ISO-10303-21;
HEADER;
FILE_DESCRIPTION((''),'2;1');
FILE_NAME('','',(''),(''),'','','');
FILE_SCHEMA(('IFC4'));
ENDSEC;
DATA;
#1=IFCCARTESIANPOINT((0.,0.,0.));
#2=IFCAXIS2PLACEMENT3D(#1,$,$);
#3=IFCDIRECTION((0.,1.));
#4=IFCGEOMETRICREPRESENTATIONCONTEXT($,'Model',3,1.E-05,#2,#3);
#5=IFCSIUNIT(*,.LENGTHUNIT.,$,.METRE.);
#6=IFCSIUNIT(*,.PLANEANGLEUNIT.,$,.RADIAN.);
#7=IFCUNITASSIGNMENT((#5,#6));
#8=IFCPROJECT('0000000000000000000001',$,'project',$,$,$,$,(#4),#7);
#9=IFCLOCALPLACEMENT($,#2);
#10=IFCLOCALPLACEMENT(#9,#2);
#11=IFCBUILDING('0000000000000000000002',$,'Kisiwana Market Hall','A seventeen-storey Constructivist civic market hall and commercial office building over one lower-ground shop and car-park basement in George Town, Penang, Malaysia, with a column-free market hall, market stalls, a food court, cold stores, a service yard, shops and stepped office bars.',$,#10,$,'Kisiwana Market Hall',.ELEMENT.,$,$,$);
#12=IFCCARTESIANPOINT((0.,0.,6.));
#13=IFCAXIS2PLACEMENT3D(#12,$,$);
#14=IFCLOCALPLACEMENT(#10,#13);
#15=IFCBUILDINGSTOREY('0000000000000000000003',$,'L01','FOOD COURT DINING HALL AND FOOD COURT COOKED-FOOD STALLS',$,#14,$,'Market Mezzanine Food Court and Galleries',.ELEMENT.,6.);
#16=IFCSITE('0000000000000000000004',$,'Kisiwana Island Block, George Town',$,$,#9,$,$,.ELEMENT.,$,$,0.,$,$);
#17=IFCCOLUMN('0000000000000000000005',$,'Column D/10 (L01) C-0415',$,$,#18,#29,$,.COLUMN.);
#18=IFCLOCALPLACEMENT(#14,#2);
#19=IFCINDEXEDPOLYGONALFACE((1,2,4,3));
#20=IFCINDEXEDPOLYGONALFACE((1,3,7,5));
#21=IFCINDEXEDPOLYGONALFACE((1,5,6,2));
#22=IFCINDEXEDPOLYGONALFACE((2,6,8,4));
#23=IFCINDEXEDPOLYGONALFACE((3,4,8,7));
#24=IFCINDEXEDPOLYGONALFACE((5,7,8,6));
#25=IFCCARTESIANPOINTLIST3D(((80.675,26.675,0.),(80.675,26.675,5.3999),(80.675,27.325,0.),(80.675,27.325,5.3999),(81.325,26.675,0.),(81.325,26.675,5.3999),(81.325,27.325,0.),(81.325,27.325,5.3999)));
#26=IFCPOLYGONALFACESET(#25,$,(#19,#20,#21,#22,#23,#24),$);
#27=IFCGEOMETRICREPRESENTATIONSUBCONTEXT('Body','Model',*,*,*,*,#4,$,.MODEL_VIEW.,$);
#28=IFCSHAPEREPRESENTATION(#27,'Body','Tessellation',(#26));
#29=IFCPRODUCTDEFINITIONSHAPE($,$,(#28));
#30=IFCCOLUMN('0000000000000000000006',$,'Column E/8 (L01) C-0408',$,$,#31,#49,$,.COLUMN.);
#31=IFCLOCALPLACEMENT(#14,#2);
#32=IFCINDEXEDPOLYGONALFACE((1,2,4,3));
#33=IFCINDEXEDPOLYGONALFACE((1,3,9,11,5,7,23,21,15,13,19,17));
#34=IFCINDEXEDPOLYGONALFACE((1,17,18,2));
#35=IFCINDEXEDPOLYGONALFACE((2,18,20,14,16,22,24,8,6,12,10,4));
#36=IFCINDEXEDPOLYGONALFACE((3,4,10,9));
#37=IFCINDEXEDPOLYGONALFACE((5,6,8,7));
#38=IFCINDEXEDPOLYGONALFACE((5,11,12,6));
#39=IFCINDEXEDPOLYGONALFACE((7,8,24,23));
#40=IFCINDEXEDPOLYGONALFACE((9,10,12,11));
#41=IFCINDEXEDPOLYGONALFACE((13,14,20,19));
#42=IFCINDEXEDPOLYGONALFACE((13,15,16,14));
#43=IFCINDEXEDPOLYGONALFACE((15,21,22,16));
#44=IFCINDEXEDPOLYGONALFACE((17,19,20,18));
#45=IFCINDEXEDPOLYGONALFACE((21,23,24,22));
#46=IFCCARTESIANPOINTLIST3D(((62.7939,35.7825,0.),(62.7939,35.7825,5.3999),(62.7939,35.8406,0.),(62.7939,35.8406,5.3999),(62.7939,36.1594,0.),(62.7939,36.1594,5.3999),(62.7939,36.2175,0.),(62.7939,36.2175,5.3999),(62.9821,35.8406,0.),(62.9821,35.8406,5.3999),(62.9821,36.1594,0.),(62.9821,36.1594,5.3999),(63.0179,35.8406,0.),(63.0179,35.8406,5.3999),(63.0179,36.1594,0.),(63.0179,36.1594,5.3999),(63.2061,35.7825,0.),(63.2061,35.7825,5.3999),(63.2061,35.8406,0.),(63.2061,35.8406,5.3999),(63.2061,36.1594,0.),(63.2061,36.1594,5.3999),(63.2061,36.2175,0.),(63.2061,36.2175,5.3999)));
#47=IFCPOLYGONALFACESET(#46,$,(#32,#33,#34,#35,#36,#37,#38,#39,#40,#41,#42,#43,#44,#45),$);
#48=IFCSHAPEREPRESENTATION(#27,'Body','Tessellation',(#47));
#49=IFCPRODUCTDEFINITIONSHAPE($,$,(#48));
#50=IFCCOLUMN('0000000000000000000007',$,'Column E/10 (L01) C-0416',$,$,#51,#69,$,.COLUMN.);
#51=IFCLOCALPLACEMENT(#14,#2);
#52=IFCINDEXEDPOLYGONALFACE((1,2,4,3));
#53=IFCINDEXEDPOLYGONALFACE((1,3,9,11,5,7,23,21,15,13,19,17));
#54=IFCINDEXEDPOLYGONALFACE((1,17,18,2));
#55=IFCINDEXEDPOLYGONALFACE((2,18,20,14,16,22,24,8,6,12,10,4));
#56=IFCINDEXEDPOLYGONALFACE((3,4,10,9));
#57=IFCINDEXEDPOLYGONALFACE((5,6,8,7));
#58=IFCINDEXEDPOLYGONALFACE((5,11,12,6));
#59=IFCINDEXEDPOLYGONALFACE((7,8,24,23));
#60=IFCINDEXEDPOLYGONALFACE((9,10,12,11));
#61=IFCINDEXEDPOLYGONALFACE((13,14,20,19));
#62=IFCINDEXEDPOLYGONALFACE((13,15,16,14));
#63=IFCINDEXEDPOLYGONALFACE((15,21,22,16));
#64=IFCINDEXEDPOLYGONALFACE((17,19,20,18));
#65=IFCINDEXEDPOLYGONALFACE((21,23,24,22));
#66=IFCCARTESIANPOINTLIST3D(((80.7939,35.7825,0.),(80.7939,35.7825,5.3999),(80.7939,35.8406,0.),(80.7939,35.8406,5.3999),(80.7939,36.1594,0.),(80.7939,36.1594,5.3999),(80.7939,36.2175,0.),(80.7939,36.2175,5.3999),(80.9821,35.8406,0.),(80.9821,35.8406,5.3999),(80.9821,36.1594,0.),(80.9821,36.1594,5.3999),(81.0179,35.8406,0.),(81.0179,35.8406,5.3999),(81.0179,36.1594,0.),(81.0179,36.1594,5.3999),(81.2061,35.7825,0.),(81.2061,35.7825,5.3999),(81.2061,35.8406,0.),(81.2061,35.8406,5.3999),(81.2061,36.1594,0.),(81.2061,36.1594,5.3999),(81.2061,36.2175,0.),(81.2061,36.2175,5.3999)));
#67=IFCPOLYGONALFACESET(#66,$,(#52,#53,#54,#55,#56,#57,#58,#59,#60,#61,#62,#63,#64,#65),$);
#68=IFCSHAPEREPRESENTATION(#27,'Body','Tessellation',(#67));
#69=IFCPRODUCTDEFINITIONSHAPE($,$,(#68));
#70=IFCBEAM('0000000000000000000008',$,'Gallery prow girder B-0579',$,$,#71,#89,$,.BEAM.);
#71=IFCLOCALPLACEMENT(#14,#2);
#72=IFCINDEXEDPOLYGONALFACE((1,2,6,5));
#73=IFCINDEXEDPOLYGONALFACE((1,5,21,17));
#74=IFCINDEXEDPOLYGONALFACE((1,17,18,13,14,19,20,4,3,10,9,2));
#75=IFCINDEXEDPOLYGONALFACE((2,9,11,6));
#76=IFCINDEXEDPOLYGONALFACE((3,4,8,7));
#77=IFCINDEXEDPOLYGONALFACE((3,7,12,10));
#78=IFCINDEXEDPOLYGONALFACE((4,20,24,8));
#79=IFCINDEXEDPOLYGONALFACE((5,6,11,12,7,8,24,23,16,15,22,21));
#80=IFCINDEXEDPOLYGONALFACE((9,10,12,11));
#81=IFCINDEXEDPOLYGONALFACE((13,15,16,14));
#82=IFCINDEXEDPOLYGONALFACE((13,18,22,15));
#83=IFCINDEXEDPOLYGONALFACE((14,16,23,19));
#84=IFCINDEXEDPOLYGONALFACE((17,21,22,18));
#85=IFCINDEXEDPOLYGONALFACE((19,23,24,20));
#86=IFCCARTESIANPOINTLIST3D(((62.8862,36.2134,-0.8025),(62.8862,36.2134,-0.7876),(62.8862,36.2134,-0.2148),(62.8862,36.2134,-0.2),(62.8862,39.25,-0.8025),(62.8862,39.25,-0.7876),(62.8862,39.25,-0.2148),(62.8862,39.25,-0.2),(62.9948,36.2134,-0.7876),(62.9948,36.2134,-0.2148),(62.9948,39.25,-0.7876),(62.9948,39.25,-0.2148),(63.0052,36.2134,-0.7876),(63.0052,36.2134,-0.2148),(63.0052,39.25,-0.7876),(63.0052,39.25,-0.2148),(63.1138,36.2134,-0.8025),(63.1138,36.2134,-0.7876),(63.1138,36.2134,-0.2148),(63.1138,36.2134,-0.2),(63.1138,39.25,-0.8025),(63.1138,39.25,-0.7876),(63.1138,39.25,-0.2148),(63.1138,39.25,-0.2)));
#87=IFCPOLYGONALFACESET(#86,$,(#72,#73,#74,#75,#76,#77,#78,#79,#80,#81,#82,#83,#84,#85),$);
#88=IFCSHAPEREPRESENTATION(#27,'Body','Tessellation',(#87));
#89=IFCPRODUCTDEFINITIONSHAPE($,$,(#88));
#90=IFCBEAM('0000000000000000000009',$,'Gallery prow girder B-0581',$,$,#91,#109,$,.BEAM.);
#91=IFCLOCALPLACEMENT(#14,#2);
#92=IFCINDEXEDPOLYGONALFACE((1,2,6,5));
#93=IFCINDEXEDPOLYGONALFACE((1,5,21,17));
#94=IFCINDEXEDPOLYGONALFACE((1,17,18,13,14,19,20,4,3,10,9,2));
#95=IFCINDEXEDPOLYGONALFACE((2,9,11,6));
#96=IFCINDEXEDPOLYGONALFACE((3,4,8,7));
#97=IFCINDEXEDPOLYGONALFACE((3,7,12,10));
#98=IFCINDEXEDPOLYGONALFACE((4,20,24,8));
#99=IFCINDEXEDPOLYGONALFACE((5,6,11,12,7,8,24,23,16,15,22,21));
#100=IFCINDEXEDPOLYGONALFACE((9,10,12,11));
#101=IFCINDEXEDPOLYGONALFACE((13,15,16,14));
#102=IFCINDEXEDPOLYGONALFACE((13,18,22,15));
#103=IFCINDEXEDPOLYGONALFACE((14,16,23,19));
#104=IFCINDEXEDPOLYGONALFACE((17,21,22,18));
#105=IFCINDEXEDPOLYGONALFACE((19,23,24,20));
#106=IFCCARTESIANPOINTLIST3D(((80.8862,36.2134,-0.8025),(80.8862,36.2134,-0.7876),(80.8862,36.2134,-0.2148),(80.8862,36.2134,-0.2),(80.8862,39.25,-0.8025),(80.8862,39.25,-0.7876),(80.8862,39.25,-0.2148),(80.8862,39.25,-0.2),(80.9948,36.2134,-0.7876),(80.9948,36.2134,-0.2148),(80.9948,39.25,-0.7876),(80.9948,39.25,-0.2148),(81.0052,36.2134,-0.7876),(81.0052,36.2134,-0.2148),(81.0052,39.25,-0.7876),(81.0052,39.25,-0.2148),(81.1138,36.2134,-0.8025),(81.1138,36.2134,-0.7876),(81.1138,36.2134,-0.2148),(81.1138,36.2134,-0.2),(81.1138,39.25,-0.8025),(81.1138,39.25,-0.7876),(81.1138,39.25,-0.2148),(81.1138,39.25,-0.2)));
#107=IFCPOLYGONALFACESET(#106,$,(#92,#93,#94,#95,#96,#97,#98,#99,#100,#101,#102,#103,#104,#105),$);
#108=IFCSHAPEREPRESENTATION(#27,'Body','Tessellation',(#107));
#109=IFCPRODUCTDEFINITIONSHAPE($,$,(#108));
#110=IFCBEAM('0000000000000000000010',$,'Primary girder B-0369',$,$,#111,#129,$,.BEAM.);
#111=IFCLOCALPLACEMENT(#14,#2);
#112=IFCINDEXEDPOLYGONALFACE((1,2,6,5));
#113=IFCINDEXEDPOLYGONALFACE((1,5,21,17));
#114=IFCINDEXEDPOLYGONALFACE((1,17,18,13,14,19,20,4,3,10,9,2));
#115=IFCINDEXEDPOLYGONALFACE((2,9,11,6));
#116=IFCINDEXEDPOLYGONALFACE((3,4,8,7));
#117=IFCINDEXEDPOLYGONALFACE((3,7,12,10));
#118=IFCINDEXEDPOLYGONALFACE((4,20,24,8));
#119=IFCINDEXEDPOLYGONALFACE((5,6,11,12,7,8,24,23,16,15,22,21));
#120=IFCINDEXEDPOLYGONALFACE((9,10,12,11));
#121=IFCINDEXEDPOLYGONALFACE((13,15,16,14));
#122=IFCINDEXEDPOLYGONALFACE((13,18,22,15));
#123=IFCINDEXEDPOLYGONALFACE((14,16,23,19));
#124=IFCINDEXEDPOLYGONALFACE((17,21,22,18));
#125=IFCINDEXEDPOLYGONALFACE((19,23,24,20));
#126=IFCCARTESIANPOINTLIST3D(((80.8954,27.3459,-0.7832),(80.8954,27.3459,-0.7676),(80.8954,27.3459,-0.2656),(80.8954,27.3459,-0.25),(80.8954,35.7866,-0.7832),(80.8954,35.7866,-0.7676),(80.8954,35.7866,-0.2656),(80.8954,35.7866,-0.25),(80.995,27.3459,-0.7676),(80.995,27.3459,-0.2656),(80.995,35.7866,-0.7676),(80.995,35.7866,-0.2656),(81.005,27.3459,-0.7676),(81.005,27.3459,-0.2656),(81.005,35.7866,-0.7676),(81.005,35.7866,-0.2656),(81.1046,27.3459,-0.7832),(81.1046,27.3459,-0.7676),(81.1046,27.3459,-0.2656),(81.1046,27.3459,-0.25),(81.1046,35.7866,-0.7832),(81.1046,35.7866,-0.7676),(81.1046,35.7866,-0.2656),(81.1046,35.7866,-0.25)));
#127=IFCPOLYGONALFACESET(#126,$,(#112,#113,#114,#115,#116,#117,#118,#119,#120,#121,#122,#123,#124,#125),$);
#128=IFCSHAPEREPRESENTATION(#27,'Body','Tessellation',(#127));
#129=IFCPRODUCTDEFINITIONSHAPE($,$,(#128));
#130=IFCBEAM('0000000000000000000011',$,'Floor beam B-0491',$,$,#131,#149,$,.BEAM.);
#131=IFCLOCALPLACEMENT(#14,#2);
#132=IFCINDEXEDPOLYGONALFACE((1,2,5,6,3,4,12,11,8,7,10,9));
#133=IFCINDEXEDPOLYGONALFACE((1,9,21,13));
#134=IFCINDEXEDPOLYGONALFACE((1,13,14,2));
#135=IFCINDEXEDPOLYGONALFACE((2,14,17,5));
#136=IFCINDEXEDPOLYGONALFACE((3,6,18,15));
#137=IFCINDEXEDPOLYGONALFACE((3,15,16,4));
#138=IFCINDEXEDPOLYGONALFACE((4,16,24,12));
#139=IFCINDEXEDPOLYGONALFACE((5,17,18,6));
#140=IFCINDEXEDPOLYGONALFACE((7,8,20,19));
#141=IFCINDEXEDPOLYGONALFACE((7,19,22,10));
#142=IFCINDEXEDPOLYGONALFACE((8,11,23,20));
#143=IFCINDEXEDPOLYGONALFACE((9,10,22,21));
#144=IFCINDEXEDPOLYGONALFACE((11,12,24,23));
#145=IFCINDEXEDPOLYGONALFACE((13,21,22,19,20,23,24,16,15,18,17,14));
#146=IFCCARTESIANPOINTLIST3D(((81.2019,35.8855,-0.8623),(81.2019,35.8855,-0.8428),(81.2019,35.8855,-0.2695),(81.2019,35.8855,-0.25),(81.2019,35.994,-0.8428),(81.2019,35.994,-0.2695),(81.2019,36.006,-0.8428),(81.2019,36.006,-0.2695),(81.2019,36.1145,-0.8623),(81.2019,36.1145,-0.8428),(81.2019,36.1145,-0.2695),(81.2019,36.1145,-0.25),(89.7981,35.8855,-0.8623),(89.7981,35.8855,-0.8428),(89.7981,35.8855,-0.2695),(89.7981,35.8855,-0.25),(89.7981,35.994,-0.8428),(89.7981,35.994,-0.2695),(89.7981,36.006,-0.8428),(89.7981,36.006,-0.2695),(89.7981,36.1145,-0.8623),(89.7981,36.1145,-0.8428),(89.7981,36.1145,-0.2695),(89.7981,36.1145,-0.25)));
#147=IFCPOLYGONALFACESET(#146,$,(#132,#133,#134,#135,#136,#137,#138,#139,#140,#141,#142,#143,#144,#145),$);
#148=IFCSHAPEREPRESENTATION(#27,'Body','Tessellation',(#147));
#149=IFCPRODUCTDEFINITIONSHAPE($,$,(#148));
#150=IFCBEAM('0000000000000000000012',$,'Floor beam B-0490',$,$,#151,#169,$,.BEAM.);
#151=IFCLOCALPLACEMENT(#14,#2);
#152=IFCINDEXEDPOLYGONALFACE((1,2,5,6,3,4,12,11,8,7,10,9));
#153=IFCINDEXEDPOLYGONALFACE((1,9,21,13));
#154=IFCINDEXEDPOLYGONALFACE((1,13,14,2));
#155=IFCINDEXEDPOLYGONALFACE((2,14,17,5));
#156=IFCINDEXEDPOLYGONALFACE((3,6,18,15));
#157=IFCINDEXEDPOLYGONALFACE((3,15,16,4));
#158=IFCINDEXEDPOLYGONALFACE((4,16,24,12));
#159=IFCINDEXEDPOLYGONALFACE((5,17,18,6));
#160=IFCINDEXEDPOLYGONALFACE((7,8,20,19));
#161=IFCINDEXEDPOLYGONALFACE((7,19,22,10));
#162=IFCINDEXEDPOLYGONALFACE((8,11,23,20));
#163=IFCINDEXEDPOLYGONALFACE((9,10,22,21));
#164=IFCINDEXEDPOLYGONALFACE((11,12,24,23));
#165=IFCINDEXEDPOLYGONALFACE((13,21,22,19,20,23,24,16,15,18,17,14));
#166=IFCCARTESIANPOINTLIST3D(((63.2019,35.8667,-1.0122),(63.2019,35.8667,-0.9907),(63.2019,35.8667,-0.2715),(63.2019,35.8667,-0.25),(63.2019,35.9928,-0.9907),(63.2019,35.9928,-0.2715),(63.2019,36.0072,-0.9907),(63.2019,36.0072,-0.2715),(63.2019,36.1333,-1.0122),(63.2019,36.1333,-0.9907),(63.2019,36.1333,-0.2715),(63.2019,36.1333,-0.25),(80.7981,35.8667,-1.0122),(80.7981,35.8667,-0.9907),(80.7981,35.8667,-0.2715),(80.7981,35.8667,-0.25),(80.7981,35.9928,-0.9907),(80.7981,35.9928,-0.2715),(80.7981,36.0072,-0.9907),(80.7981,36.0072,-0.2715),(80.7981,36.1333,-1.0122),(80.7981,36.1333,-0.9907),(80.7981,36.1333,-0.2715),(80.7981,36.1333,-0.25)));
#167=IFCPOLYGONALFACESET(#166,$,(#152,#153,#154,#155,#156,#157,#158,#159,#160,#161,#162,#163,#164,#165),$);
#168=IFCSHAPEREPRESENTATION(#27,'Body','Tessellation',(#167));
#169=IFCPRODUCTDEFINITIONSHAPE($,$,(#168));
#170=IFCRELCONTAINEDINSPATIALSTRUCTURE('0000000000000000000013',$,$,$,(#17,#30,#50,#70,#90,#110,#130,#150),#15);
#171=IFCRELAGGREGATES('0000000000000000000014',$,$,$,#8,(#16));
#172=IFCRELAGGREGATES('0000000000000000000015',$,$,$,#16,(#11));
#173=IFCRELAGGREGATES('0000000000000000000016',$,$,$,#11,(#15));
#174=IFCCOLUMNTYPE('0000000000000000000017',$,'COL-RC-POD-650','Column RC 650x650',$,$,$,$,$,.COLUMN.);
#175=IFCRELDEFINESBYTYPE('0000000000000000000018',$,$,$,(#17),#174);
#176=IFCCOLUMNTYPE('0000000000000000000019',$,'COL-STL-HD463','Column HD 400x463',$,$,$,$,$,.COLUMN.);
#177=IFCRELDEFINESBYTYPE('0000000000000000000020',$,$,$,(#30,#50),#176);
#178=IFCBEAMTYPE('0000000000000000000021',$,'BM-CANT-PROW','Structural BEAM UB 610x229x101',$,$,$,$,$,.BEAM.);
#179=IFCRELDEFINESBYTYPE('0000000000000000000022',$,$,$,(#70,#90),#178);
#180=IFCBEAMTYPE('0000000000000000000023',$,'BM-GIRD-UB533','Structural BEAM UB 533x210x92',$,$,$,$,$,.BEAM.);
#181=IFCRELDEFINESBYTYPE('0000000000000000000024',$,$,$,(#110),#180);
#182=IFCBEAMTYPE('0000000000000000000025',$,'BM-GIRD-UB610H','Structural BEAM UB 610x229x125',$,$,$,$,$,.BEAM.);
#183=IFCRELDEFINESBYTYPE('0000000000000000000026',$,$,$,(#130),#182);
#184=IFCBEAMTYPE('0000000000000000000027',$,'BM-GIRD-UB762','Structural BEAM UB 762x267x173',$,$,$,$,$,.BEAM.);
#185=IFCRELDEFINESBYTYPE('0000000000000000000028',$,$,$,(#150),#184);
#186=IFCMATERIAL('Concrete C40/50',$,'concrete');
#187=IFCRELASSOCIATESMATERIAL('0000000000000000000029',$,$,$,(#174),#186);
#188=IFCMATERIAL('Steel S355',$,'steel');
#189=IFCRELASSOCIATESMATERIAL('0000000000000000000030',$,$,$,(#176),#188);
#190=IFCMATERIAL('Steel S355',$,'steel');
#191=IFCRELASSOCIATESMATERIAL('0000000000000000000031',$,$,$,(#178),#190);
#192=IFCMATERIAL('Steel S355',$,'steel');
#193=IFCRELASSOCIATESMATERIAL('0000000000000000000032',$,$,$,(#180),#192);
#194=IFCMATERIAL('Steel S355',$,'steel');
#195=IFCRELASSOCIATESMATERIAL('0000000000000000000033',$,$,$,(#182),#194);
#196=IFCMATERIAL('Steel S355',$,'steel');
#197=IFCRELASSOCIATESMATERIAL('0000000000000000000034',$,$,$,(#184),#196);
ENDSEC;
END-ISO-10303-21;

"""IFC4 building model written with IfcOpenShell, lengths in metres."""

from ifc_helpers import new_model, si_unit, direction, frame, origin, origin_2d, place, context, subcontext, project, spatial, rectangle, i_section, extrude, material, material_profile, profile_set, type_object, element, save


model = new_model("IFC4")

# Units and contexts
model_context = context("Model", 3, precision=1e-05, world=origin(), true_north=direction((0.0, 1.0)))
body_context = subcontext(model_context, "Body", "Model", "MODEL_VIEW")
ifc_project = project(units=[si_unit("LENGTHUNIT", "METRE"), si_unit("PLANEANGLEUNIT", "RADIAN")], contexts=[model_context])

# Site, building, storey
site_placement = place(None, origin())
site = spatial("IfcSite", under=ifc_project, at=site_placement, Name="Kisiwana Island Block, George Town", CompositionType="ELEMENT", RefElevation=0.0)
building_placement = place(site_placement, origin())
building = spatial("IfcBuilding", under=site, at=building_placement, Name="Kisiwana Market Hall", Description="A seventeen-storey Constructivist civic market hall and commercial office building over one lower-ground shop and car-park basement in George Town, Penang, Malaysia, with a column-free market hall, market stalls, a food court, cold stores, a service yard, shops and stepped office bars.", LongName="Kisiwana Market Hall", CompositionType="ELEMENT")
storey_placement = place(building_placement, frame((0.0, 0.0, 6.0)))
storey = spatial("IfcBuildingStorey", under=building, at=storey_placement, Name="L01", Description="FOOD COURT DINING HALL AND FOOD COURT COOKED-FOOD STALLS", LongName="Market Mezzanine Food Court and Galleries", CompositionType="ELEMENT", Elevation=6.0)

# Columns
ifc_material_1 = material(Name="Concrete C40/50", Category="concrete")
ifc_material_profile_1 = material_profile(ifc_material_1, rectangle(XDim=0.6499, YDim=0.6499, at=origin_2d()), Name="RC 650x650")
ifc_profile_set_1 = profile_set([ifc_material_profile_1], Name="Concrete C40/50")
column_type_1 = type_object("IfcColumnType", Name="COL-RC-POD-650", Description="Column RC 650x650", PredefinedType="COLUMN", material=ifc_profile_set_1)
column_placement = place(storey_placement, frame((81.0, 27.0, 0.0), z_axis=(0.0, 0.0, 1.0), x_axis=(1.0, 0.0, 0.0)))
element("IfcColumn", 1, at=column_placement, inside=storey, type_object=column_type_1, Name="Column D/10 (L01) C-0415", PredefinedType="COLUMN", context=body_context, shape_type="SweptSolid", body=[
    extrude(rectangle(XDim=0.6499, YDim=0.6499, at=origin_2d()), origin(), (0.0, 0.0, 1.0), 5.3999),
])
ifc_material_2 = material(Name="Steel S355", Category="steel")
ifc_material_profile_2 = material_profile(ifc_material_2, i_section(OverallWidth=0.4121, OverallDepth=0.4351, WebThickness=0.0359, FlangeThickness=0.0581, at=origin_2d()), Name="HD 400x463")
ifc_profile_set_2 = profile_set([ifc_material_profile_2], Name="Steel S355")
column_type_2 = type_object("IfcColumnType", Name="COL-STL-HD463", Description="Column HD 400x463", PredefinedType="COLUMN", material=ifc_profile_set_2)
for number, where, z_axis, x_axis, name in (
    (2, (63.0, 36.0, 0.0), (0.0, 0.0, 1.0), (1.0, 0.0, 0.0), "Column E/8 (L01) C-0408"),
    (3, (81.0, 36.0, 0.0), (0.0, 0.0, 1.0), (1.0, 0.0, 0.0), "Column E/10 (L01) C-0416"),
):
    element("IfcColumn", number, at=place(storey_placement, frame(where, z_axis=z_axis, x_axis=x_axis)), inside=storey, type_object=column_type_2, Name=name, PredefinedType="COLUMN", context=body_context, shape_type="SweptSolid", body=[
        extrude(i_section(OverallWidth=0.4121, OverallDepth=0.4351, WebThickness=0.0359, FlangeThickness=0.0581, at=origin_2d()), origin(), (0.0, 0.0, 1.0), 5.3999),
    ])

# Beams
ifc_material_3 = material(Name="Steel S355", Category="steel")
ifc_material_profile_3 = material_profile(ifc_material_3, i_section(OverallWidth=0.2275, OverallDepth=0.6025, WebThickness=0.0105, FlangeThickness=0.0149, at=origin_2d()), Name="UB 610x229x101")
ifc_profile_set_3 = profile_set([ifc_material_profile_3], Name="Steel S355")
beam_type_1 = type_object("IfcBeamType", Name="BM-CANT-PROW", Description="Structural BEAM UB 610x229x101", PredefinedType="BEAM", material=ifc_profile_set_3)
for number, where, z_axis, x_axis, name in (
    (4, (63.0, 36.2134, -0.5012), (0.0, 1.0, 0.0), (-1.0, 0.0, 0.0), "Gallery prow girder B-0579"),
    (5, (81.0, 36.2134, -0.5012), (0.0, 1.0, 0.0), (-1.0, 0.0, 0.0), "Gallery prow girder B-0581"),
):
    element("IfcBeam", number, at=place(storey_placement, frame(where, z_axis=z_axis, x_axis=x_axis)), inside=storey, type_object=beam_type_1, Name=name, PredefinedType="BEAM", context=body_context, shape_type="SweptSolid", body=[
        extrude(i_section(OverallWidth=0.2275, OverallDepth=0.6025, WebThickness=0.0105, FlangeThickness=0.0149, at=origin_2d()), origin(), (0.0, 0.0, 1.0), 3.0366),
    ])
ifc_material_4 = material(Name="Steel S355", Category="steel")
ifc_material_profile_4 = material_profile(ifc_material_4, i_section(OverallWidth=0.2092, OverallDepth=0.5332, WebThickness=0.01, FlangeThickness=0.0156, at=origin_2d()), Name="UB 533x210x92")
ifc_profile_set_4 = profile_set([ifc_material_profile_4], Name="Steel S355")
beam_type_2 = type_object("IfcBeamType", Name="BM-GIRD-UB533", Description="Structural BEAM UB 533x210x92", PredefinedType="BEAM", material=ifc_profile_set_4)
beam_1_placement = place(storey_placement, frame((81.0, 27.3459, -0.5166), z_axis=(0.0, 1.0, 0.0), x_axis=(-1.0, 0.0, 0.0)))
element("IfcBeam", 6, at=beam_1_placement, inside=storey, type_object=beam_type_2, Name="Primary girder B-0369", PredefinedType="BEAM", context=body_context, shape_type="SweptSolid", body=[
    extrude(i_section(OverallWidth=0.2092, OverallDepth=0.5332, WebThickness=0.01, FlangeThickness=0.0156, at=origin_2d()), origin(), (0.0, 0.0, 1.0), 8.4407),
])
ifc_material_5 = material(Name="Steel S355", Category="steel")
ifc_material_profile_5 = material_profile(ifc_material_5, i_section(OverallWidth=0.229, OverallDepth=0.6123, WebThickness=0.012, FlangeThickness=0.0195, at=origin_2d()), Name="UB 610x229x125")
ifc_profile_set_5 = profile_set([ifc_material_profile_5], Name="Steel S355")
beam_type_3 = type_object("IfcBeamType", Name="BM-GIRD-UB610H", Description="Structural BEAM UB 610x229x125", PredefinedType="BEAM", material=ifc_profile_set_5)
beam_2_placement = place(storey_placement, frame((81.2019, 36.0, -0.5562), z_axis=(1.0, 0.0, 0.0), x_axis=(0.0, 1.0, 0.0)))
element("IfcBeam", 7, at=beam_2_placement, inside=storey, type_object=beam_type_3, Name="Floor beam B-0491", PredefinedType="BEAM", context=body_context, shape_type="SweptSolid", body=[
    extrude(i_section(OverallWidth=0.229, OverallDepth=0.6123, WebThickness=0.012, FlangeThickness=0.0195, at=origin_2d()), origin(), (0.0, 0.0, 1.0), 8.5962),
])
ifc_material_6 = material(Name="Steel S355", Category="steel")
ifc_material_profile_6 = material_profile(ifc_material_6, i_section(OverallWidth=0.2666, OverallDepth=0.7622, WebThickness=0.0144, FlangeThickness=0.0215, at=origin_2d()), Name="UB 762x267x173")
ifc_profile_set_6 = profile_set([ifc_material_profile_6], Name="Steel S355")
beam_type_4 = type_object("IfcBeamType", Name="BM-GIRD-UB762", Description="Structural BEAM UB 762x267x173", PredefinedType="BEAM", material=ifc_profile_set_6)
beam_3_placement = place(storey_placement, frame((63.2019, 36.0, -0.6311), z_axis=(1.0, 0.0, 0.0), x_axis=(0.0, 1.0, 0.0)))
element("IfcBeam", 8, at=beam_3_placement, inside=storey, type_object=beam_type_4, Name="Floor beam B-0490", PredefinedType="BEAM", context=body_context, shape_type="SweptSolid", body=[
    extrude(i_section(OverallWidth=0.2666, OverallDepth=0.7622, WebThickness=0.0144, FlangeThickness=0.0215, at=origin_2d()), origin(), (0.0, 0.0, 1.0), 17.5962),
])

save(model, "model.ifc")
